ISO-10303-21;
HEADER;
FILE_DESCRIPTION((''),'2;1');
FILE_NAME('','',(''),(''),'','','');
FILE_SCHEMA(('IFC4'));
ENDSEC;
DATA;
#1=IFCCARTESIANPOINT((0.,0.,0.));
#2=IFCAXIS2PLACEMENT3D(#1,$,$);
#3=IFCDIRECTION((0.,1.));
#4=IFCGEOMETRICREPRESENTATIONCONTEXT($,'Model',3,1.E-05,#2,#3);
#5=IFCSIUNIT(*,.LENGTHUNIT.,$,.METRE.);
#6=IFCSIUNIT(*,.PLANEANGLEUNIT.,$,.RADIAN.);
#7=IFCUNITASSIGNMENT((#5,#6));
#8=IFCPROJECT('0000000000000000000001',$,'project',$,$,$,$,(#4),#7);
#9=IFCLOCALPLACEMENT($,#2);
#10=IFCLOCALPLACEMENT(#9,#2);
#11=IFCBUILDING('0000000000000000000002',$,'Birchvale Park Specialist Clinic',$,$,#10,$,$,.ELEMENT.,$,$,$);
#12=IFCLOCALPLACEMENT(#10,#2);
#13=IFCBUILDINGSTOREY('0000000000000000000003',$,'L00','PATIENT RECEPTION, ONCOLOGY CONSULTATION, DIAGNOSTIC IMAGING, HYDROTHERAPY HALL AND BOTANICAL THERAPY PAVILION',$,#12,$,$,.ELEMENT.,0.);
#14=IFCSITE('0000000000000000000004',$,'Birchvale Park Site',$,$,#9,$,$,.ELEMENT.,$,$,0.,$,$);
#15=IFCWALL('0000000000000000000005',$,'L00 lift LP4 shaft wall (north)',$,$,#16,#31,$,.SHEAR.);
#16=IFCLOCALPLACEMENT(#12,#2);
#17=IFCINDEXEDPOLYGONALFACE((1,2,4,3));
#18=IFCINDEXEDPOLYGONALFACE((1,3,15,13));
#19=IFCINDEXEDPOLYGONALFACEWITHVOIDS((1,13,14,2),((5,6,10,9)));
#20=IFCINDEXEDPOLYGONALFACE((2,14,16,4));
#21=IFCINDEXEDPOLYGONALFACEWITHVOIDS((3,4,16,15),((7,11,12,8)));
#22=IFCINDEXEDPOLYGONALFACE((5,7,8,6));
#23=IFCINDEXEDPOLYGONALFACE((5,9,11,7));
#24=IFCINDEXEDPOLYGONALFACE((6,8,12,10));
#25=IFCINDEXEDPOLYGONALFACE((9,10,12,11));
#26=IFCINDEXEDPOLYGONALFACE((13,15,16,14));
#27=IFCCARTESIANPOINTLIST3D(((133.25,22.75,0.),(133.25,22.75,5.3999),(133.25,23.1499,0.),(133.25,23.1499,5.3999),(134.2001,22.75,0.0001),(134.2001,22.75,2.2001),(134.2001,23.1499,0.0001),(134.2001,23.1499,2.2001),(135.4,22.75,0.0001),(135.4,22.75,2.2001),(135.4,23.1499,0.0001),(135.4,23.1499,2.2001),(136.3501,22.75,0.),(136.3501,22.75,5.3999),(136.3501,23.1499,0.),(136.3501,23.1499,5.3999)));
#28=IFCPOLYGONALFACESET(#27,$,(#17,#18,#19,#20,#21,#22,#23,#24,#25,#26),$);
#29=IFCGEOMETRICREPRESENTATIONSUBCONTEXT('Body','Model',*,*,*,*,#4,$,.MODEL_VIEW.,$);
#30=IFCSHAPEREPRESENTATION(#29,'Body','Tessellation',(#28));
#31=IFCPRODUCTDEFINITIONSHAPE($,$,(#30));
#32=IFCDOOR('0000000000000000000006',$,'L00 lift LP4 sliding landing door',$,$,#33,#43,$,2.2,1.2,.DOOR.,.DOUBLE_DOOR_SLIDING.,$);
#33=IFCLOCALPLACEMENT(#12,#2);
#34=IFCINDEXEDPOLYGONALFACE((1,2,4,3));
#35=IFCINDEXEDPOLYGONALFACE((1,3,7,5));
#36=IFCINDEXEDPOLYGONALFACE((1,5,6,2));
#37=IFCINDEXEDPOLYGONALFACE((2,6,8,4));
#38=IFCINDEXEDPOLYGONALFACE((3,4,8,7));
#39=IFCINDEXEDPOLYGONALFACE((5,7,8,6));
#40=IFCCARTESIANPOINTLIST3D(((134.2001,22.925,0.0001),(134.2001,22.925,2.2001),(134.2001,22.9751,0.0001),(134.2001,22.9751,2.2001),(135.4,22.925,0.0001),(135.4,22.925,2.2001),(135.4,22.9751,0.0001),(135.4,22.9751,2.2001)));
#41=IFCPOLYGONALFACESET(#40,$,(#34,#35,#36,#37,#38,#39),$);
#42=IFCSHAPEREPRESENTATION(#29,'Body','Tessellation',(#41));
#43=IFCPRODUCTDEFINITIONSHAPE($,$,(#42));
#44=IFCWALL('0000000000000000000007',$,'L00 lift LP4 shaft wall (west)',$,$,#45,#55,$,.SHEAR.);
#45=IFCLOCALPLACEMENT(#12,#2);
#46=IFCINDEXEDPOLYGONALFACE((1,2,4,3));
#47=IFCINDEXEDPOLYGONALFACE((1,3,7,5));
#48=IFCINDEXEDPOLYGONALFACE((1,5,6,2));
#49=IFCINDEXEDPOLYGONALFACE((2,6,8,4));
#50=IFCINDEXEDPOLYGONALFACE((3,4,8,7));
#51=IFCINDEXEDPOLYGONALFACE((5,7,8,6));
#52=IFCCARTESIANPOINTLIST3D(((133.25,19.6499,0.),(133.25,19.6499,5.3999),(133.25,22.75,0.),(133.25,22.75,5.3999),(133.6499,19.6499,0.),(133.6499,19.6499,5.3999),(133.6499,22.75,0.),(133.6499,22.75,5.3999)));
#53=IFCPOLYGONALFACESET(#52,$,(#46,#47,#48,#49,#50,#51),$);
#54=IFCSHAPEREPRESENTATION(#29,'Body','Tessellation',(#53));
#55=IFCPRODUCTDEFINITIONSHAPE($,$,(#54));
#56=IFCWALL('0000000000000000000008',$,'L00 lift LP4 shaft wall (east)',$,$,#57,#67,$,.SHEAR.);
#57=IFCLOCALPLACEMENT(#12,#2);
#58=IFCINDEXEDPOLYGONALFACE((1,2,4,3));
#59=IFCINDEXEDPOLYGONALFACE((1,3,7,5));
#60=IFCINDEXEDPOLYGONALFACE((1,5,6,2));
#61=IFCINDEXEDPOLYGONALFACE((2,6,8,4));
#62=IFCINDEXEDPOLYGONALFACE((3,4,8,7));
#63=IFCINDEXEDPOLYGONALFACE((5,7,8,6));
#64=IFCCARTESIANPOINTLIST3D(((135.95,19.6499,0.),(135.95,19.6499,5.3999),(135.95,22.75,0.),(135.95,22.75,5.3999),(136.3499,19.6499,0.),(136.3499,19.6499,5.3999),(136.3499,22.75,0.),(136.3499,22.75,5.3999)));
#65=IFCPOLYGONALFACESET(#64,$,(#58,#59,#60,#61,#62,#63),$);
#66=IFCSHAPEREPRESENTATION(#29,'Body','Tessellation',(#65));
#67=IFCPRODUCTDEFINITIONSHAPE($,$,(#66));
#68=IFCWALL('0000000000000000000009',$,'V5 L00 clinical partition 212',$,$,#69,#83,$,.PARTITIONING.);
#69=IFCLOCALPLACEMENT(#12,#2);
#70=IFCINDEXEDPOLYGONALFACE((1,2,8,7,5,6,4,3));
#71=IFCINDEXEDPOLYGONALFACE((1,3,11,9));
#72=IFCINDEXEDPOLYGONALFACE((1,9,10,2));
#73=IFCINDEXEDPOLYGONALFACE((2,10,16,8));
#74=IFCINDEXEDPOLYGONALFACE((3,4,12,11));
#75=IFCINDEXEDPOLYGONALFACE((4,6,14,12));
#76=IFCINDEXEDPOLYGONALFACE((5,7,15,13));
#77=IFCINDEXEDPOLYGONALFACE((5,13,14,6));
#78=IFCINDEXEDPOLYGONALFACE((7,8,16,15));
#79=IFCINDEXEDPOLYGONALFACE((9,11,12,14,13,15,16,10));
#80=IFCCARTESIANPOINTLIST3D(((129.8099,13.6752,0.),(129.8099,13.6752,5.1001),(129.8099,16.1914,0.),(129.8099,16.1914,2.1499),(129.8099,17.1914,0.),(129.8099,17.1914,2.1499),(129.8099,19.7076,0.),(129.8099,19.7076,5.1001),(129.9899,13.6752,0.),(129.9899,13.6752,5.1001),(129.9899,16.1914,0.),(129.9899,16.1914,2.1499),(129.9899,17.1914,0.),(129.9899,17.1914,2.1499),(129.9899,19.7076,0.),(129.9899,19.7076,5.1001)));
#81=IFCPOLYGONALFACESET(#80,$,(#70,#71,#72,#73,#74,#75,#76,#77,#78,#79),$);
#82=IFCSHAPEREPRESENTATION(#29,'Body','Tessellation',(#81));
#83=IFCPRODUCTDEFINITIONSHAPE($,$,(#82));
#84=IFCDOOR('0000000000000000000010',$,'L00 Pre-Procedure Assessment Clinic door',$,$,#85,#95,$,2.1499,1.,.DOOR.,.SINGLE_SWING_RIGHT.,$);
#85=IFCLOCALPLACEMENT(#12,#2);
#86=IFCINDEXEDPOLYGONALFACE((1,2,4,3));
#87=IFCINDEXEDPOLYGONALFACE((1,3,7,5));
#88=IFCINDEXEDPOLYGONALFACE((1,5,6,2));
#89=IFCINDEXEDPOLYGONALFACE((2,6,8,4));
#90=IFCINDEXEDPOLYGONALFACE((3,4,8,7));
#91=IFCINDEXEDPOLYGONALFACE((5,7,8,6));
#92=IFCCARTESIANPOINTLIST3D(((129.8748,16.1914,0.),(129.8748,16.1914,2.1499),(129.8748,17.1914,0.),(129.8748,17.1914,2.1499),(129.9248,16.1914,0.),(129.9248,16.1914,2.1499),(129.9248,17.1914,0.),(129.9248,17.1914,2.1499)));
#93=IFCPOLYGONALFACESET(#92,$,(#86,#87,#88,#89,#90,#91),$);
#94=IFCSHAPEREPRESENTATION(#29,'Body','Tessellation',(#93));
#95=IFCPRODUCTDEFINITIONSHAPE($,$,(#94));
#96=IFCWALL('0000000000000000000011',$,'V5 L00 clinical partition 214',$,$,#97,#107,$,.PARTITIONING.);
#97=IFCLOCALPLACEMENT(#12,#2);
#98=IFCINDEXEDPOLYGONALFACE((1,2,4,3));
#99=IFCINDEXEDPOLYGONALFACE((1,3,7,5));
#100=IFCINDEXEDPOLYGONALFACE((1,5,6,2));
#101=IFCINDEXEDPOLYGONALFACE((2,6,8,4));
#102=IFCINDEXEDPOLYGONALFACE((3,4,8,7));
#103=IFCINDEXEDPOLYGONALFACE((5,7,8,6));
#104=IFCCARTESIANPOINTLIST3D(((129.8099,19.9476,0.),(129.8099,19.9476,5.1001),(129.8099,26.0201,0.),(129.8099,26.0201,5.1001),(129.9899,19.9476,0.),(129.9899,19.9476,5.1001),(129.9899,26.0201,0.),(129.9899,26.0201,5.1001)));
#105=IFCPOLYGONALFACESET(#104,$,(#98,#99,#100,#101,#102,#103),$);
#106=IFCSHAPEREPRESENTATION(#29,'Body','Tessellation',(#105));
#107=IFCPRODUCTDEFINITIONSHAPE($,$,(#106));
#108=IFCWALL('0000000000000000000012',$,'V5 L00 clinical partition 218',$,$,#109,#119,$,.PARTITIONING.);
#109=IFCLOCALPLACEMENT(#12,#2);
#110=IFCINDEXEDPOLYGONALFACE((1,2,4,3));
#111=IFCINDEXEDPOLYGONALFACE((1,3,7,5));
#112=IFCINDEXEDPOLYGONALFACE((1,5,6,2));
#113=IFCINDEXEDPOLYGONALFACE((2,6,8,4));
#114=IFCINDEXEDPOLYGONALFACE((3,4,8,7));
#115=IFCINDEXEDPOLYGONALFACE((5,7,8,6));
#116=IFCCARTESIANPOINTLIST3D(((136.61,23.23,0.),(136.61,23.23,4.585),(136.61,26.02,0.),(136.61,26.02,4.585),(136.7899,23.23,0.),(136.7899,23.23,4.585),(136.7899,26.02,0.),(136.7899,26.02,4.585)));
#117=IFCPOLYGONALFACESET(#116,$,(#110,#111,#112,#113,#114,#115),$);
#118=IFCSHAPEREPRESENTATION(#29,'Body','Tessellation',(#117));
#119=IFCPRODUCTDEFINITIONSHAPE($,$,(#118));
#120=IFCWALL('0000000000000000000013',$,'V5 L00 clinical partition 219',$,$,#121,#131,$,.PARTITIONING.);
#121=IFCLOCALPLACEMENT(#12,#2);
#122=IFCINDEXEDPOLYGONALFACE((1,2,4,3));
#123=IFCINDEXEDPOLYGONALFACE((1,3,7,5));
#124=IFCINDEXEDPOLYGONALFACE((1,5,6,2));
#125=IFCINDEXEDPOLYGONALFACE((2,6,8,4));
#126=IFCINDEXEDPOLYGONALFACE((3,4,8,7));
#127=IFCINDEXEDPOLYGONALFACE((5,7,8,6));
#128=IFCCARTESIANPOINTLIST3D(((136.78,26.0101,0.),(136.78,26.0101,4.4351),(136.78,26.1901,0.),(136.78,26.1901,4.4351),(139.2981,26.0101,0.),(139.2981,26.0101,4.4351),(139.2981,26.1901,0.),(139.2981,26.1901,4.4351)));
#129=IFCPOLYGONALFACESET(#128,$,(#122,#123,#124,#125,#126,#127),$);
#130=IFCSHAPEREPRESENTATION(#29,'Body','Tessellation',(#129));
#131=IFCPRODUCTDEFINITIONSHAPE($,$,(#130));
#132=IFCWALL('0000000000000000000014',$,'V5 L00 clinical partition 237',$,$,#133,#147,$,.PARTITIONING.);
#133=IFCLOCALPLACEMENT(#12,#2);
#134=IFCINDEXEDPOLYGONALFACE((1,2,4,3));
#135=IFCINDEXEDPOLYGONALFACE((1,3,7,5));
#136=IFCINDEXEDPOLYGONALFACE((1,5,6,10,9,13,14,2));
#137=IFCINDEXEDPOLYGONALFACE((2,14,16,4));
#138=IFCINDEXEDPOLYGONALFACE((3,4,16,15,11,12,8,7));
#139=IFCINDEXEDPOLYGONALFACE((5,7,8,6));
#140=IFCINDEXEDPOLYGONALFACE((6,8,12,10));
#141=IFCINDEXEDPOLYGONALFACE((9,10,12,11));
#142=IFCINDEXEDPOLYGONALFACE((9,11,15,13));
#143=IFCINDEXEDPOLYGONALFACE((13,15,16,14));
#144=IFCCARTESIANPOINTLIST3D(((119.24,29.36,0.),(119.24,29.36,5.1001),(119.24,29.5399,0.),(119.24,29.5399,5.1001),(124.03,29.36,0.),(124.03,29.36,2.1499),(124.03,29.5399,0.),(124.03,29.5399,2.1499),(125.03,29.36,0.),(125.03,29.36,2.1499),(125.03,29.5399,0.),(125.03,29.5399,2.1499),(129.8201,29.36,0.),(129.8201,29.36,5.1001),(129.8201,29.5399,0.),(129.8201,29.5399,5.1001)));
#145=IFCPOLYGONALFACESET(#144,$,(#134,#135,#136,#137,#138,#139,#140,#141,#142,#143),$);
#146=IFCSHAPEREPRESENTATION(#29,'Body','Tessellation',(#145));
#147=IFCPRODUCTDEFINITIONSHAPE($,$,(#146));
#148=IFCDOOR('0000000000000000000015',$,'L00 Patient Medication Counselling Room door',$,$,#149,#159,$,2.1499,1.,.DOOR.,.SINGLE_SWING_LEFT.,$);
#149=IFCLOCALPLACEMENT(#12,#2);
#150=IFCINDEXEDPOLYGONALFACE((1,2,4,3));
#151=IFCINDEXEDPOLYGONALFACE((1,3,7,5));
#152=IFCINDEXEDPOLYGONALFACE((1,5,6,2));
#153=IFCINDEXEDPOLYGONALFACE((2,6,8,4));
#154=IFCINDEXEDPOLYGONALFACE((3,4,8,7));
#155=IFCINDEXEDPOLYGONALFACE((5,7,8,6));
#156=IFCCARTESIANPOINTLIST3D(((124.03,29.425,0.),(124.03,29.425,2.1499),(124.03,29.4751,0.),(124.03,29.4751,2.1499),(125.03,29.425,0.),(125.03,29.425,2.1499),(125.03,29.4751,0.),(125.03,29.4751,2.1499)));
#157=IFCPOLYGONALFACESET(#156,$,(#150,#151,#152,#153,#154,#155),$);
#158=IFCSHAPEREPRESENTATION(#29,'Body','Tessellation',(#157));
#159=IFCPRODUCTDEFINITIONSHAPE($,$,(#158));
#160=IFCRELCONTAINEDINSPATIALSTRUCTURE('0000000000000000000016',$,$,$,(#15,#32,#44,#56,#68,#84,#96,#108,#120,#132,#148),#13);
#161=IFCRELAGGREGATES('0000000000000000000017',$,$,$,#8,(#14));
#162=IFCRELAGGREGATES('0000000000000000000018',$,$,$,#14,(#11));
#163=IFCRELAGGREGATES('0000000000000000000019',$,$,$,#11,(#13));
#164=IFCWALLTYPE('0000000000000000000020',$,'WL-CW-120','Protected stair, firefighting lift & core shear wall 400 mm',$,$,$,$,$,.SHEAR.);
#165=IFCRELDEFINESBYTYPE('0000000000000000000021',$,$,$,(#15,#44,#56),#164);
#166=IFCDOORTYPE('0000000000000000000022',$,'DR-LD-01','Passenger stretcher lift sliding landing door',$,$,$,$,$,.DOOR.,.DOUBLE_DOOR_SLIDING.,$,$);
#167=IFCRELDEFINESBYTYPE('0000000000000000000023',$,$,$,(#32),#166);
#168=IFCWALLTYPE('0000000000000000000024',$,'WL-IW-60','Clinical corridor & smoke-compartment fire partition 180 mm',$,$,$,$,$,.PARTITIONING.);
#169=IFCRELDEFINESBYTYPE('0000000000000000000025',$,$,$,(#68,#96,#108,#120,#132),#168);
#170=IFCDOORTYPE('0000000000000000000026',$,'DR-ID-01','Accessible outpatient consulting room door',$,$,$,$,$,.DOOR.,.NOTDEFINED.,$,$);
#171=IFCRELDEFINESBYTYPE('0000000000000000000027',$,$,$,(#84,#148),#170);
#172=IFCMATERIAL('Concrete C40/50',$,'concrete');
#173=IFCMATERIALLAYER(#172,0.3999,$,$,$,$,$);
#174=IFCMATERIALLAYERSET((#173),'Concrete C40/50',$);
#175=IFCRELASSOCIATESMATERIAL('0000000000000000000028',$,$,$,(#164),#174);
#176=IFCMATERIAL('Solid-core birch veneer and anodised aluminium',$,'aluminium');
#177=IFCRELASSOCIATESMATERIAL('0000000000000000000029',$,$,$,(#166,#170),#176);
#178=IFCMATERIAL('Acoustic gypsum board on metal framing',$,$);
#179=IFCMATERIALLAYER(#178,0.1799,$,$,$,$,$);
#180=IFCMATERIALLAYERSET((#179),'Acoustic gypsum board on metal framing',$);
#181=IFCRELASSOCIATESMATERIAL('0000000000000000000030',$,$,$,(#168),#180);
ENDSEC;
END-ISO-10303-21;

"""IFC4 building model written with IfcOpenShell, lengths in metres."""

from ifc_helpers import new_model, si_unit, direction, frame, frame_2d, origin, place, context, subcontext, project, spatial, rectangle, extrude, material, layer, layer_set, type_object, element, fill, save


model = new_model("IFC4")

# Units and contexts
model_context = context("Model", 3, precision=1e-05, world=origin(), true_north=direction((0.0, 1.0)))
body_context = subcontext(model_context, "Body", "Model", "MODEL_VIEW")
ifc_project = project(units=[si_unit("LENGTHUNIT", "METRE"), si_unit("PLANEANGLEUNIT", "RADIAN")], contexts=[model_context])

# Site, building, storey
site_placement = place(None, origin())
site = spatial("IfcSite", under=ifc_project, at=site_placement, Name="Birchvale Park Site", CompositionType="ELEMENT", RefElevation=0.0)
building_placement = place(site_placement, origin())
building = spatial("IfcBuilding", under=site, at=building_placement, Name="Birchvale Park Specialist Clinic", CompositionType="ELEMENT")
storey_placement = place(building_placement, origin())
storey = spatial("IfcBuildingStorey", under=building, at=storey_placement, Name="L00", Description="PATIENT RECEPTION, ONCOLOGY CONSULTATION, DIAGNOSTIC IMAGING, HYDROTHERAPY HALL AND BOTANICAL THERAPY PAVILION", CompositionType="ELEMENT", Elevation=0.0)

# Shared definitions
ifc_material_1 = material(Name="Concrete C40/50", Category="concrete")

# Shared definitions
ifc_layer_1 = layer(ifc_material_1, 0.3999)
ifc_layer_set_1 = layer_set([ifc_layer_1], Name="Concrete C40/50")
wall_type_1 = type_object("IfcWallType", Name="WL-CW-120", Description="Protected stair, firefighting lift & core shear wall 400 mm", PredefinedType="SHEAR", material=ifc_layer_set_1)

# Wall, opening, door
wall_1_placement = place(storey_placement, frame((136.3501, 22.95, 0.0), z_axis=(0.0, 0.0, 1.0), x_axis=(-1.0, 0.0, 0.0)))
wall_1 = element("IfcWall", 1, at=wall_1_placement, inside=storey, type_object=wall_type_1, Name="L00 lift LP4 shaft wall (north)", PredefinedType="SHEAR", context=body_context, shape_type="SweptSolid", body=[
    extrude(rectangle(XDim=3.1001, YDim=0.3999, at=frame_2d((1.55, 0.0))), origin(), (0.0, 0.0, 1.0), 5.3999),
])
opening_1_placement = place(wall_1_placement, frame((0.95, 0.0, 0.0)))
opening_1 = element("IfcOpeningElement", 2, at=opening_1_placement, cuts=wall_1, PredefinedType="OPENING", context=body_context, shape_type="SweptSolid", body=[
    extrude(rectangle(XDim=1.2, YDim=2.2, at=frame_2d((0.6001, 1.1001))), frame((0.0, 0.21, 0.0), z_axis=(0.0, -1.0, 0.0), x_axis=(1.0, 0.0, 0.0)), (0.0, 0.0, 1.0), 0.4199),
])
ifc_material_2 = material(Name="Solid-core birch veneer and anodised aluminium", Category="aluminium")
door_type_1 = type_object("IfcDoorType", Name="DR-LD-01", Description="Passenger stretcher lift sliding landing door", OperationType="DOUBLE_DOOR_SLIDING", PredefinedType="DOOR", material=ifc_material_2)
door_1_placement = place(opening_1_placement, origin())
door_1 = element("IfcDoor", 3, at=door_1_placement, inside=storey, type_object=door_type_1, Name="L00 lift LP4 sliding landing door", OperationType="DOUBLE_DOOR_SLIDING", OverallHeight=2.2, OverallWidth=1.2, PredefinedType="DOOR", context=body_context, shape_type="SweptSolid", body=[
    extrude(rectangle(XDim=1.2, YDim=2.2, at=frame_2d((0.6001, 1.1001))), frame((0.0, 0.0249, 0.0), z_axis=(0.0, -1.0, 0.0), x_axis=(1.0, 0.0, 0.0)), (0.0, 0.0, 1.0), 0.05),
])
fill(opening_1, door_1)

# Walls
for number, where, z_axis, x_axis, name in (
    (4, (133.45, 19.6499, 0.0), (0.0, 0.0, 1.0), (0.0, 1.0, 0.0), "L00 lift LP4 shaft wall (west)"),
    (5, (136.1499, 22.75, 0.0), (0.0, 0.0, 1.0), (0.0, -1.0, 0.0), "L00 lift LP4 shaft wall (east)"),
):
    element("IfcWall", number, at=place(storey_placement, frame(where, z_axis=z_axis, x_axis=x_axis)), inside=storey, type_object=wall_type_1, Name=name, PredefinedType="SHEAR", context=body_context, shape_type="SweptSolid", body=[
        extrude(rectangle(XDim=3.1001, YDim=0.3999, at=frame_2d((1.55, 0.0))), origin(), (0.0, 0.0, 1.0), 5.3999),
    ])

# Wall, opening, door
ifc_material_3 = material(Name="Acoustic gypsum board on metal framing")
ifc_layer_2 = layer(ifc_material_3, 0.1799)
ifc_layer_set_2 = layer_set([ifc_layer_2], Name="Acoustic gypsum board on metal framing")
wall_type_2 = type_object("IfcWallType", Name="WL-IW-60", Description="Clinical corridor & smoke-compartment fire partition 180 mm", PredefinedType="PARTITIONING", material=ifc_layer_set_2)
wall_2_placement = place(storey_placement, frame((129.8999, 19.7075, 0.0), z_axis=(0.0, 0.0, 1.0), x_axis=(0.0, -1.0, 0.0)))
wall_2 = element("IfcWall", 6, at=wall_2_placement, inside=storey, type_object=wall_type_2, Name="V5 L00 clinical partition 212", PredefinedType="PARTITIONING", context=body_context, shape_type="SweptSolid", body=[
    extrude(rectangle(XDim=6.0325, YDim=0.1799, at=frame_2d((3.0161, 0.0))), origin(), (0.0, 0.0, 1.0), 5.1001),
])
opening_2_placement = place(wall_2_placement, frame((2.5161, 0.0, 0.0)))
opening_2 = element("IfcOpeningElement", 7, at=opening_2_placement, cuts=wall_2, PredefinedType="OPENING", context=body_context, shape_type="SweptSolid", body=[
    extrude(rectangle(XDim=1.0, YDim=2.1499, at=frame_2d((0.5, 1.075))), frame((0.0, 0.1001, 0.0), z_axis=(0.0, -1.0, 0.0), x_axis=(1.0, 0.0, 0.0)), (0.0, 0.0, 1.0), 0.2),
])
door_type_2 = type_object("IfcDoorType", Name="DR-ID-01", Description="Accessible outpatient consulting room door", OperationType="NOTDEFINED", PredefinedType="DOOR", material=ifc_material_2)
door_2_placement = place(opening_2_placement, origin())
door_2 = element("IfcDoor", 8, at=door_2_placement, inside=storey, type_object=door_type_2, Name="L00 Pre-Procedure Assessment Clinic door", OperationType="SINGLE_SWING_RIGHT", OverallHeight=2.1499, OverallWidth=1.0, PredefinedType="DOOR", context=body_context, shape_type="SweptSolid", body=[
    extrude(rectangle(XDim=1.0, YDim=2.1499, at=frame_2d((0.5, 1.075))), frame((0.0, 0.0249, 0.0), z_axis=(0.0, -1.0, 0.0), x_axis=(1.0, 0.0, 0.0)), (0.0, 0.0, 1.0), 0.05),
])
fill(opening_2, door_2)

# Walls
wall_3_placement = place(storey_placement, frame((129.8999, 26.02, 0.0), z_axis=(0.0, 0.0, 1.0), x_axis=(0.0, -1.0, 0.0)))
element("IfcWall", 9, at=wall_3_placement, inside=storey, type_object=wall_type_2, Name="V5 L00 clinical partition 214", PredefinedType="PARTITIONING", context=body_context, shape_type="SweptSolid", body=[
    extrude(rectangle(XDim=6.0725, YDim=0.1799, at=frame_2d((3.0361, 0.0))), origin(), (0.0, 0.0, 1.0), 5.1001),
])
wall_4_placement = place(storey_placement, frame((136.7, 23.23, 0.0), z_axis=(0.0, 0.0, 1.0), x_axis=(0.0, 1.0, 0.0)))
element("IfcWall", 10, at=wall_4_placement, inside=storey, type_object=wall_type_2, Name="V5 L00 clinical partition 218", PredefinedType="PARTITIONING", context=body_context, shape_type="SweptSolid", body=[
    extrude(rectangle(XDim=2.79, YDim=0.1799, at=frame_2d((1.395, 0.0))), origin(), (0.0, 0.0, 1.0), 4.585),
])
wall_5_placement = place(storey_placement, frame((136.78, 26.1001, 0.0), z_axis=(0.0, 0.0, 1.0), x_axis=(1.0, 0.0, 0.0)))
element("IfcWall", 11, at=wall_5_placement, inside=storey, type_object=wall_type_2, Name="V5 L00 clinical partition 219", PredefinedType="PARTITIONING", context=body_context, shape_type="SweptSolid", body=[
    extrude(rectangle(XDim=2.5181, YDim=0.1799, at=frame_2d((1.259, 0.0))), origin(), (0.0, 0.0, 1.0), 4.4351),
])

# Wall, opening, door
wall_6_placement = place(storey_placement, frame((129.8201, 29.45, 0.0), z_axis=(0.0, 0.0, 1.0), x_axis=(-1.0, 0.0, 0.0)))
wall_6 = element("IfcWall", 12, at=wall_6_placement, inside=storey, type_object=wall_type_2, Name="V5 L00 clinical partition 237", PredefinedType="PARTITIONING", context=body_context, shape_type="SweptSolid", body=[
    extrude(rectangle(XDim=10.5801, YDim=0.1799, at=frame_2d((5.29, 0.0))), origin(), (0.0, 0.0, 1.0), 5.1001),
])
opening_3_placement = place(wall_6_placement, frame((4.79, 0.0, 0.0)))
opening_3 = element("IfcOpeningElement", 13, at=opening_3_placement, cuts=wall_6, PredefinedType="OPENING", context=body_context, shape_type="SweptSolid", body=[
    extrude(rectangle(XDim=1.0, YDim=2.1499, at=frame_2d((0.5, 1.075))), frame((0.0, 0.1001, 0.0), z_axis=(0.0, -1.0, 0.0), x_axis=(1.0, 0.0, 0.0)), (0.0, 0.0, 1.0), 0.2),
])
door_3_placement = place(opening_3_placement, origin())
door_3 = element("IfcDoor", 14, at=door_3_placement, inside=storey, type_object=door_type_2, Name="L00 Patient Medication Counselling Room door", OperationType="SINGLE_SWING_LEFT", OverallHeight=2.1499, OverallWidth=1.0, PredefinedType="DOOR", context=body_context, shape_type="SweptSolid", body=[
    extrude(rectangle(XDim=1.0, YDim=2.1499, at=frame_2d((0.5, 1.075))), frame((0.0, 0.0249, 0.0), z_axis=(0.0, -1.0, 0.0), x_axis=(1.0, 0.0, 0.0)), (0.0, 0.0, 1.0), 0.05),
])
fill(opening_3, door_3)

save(model, "model.ifc")
